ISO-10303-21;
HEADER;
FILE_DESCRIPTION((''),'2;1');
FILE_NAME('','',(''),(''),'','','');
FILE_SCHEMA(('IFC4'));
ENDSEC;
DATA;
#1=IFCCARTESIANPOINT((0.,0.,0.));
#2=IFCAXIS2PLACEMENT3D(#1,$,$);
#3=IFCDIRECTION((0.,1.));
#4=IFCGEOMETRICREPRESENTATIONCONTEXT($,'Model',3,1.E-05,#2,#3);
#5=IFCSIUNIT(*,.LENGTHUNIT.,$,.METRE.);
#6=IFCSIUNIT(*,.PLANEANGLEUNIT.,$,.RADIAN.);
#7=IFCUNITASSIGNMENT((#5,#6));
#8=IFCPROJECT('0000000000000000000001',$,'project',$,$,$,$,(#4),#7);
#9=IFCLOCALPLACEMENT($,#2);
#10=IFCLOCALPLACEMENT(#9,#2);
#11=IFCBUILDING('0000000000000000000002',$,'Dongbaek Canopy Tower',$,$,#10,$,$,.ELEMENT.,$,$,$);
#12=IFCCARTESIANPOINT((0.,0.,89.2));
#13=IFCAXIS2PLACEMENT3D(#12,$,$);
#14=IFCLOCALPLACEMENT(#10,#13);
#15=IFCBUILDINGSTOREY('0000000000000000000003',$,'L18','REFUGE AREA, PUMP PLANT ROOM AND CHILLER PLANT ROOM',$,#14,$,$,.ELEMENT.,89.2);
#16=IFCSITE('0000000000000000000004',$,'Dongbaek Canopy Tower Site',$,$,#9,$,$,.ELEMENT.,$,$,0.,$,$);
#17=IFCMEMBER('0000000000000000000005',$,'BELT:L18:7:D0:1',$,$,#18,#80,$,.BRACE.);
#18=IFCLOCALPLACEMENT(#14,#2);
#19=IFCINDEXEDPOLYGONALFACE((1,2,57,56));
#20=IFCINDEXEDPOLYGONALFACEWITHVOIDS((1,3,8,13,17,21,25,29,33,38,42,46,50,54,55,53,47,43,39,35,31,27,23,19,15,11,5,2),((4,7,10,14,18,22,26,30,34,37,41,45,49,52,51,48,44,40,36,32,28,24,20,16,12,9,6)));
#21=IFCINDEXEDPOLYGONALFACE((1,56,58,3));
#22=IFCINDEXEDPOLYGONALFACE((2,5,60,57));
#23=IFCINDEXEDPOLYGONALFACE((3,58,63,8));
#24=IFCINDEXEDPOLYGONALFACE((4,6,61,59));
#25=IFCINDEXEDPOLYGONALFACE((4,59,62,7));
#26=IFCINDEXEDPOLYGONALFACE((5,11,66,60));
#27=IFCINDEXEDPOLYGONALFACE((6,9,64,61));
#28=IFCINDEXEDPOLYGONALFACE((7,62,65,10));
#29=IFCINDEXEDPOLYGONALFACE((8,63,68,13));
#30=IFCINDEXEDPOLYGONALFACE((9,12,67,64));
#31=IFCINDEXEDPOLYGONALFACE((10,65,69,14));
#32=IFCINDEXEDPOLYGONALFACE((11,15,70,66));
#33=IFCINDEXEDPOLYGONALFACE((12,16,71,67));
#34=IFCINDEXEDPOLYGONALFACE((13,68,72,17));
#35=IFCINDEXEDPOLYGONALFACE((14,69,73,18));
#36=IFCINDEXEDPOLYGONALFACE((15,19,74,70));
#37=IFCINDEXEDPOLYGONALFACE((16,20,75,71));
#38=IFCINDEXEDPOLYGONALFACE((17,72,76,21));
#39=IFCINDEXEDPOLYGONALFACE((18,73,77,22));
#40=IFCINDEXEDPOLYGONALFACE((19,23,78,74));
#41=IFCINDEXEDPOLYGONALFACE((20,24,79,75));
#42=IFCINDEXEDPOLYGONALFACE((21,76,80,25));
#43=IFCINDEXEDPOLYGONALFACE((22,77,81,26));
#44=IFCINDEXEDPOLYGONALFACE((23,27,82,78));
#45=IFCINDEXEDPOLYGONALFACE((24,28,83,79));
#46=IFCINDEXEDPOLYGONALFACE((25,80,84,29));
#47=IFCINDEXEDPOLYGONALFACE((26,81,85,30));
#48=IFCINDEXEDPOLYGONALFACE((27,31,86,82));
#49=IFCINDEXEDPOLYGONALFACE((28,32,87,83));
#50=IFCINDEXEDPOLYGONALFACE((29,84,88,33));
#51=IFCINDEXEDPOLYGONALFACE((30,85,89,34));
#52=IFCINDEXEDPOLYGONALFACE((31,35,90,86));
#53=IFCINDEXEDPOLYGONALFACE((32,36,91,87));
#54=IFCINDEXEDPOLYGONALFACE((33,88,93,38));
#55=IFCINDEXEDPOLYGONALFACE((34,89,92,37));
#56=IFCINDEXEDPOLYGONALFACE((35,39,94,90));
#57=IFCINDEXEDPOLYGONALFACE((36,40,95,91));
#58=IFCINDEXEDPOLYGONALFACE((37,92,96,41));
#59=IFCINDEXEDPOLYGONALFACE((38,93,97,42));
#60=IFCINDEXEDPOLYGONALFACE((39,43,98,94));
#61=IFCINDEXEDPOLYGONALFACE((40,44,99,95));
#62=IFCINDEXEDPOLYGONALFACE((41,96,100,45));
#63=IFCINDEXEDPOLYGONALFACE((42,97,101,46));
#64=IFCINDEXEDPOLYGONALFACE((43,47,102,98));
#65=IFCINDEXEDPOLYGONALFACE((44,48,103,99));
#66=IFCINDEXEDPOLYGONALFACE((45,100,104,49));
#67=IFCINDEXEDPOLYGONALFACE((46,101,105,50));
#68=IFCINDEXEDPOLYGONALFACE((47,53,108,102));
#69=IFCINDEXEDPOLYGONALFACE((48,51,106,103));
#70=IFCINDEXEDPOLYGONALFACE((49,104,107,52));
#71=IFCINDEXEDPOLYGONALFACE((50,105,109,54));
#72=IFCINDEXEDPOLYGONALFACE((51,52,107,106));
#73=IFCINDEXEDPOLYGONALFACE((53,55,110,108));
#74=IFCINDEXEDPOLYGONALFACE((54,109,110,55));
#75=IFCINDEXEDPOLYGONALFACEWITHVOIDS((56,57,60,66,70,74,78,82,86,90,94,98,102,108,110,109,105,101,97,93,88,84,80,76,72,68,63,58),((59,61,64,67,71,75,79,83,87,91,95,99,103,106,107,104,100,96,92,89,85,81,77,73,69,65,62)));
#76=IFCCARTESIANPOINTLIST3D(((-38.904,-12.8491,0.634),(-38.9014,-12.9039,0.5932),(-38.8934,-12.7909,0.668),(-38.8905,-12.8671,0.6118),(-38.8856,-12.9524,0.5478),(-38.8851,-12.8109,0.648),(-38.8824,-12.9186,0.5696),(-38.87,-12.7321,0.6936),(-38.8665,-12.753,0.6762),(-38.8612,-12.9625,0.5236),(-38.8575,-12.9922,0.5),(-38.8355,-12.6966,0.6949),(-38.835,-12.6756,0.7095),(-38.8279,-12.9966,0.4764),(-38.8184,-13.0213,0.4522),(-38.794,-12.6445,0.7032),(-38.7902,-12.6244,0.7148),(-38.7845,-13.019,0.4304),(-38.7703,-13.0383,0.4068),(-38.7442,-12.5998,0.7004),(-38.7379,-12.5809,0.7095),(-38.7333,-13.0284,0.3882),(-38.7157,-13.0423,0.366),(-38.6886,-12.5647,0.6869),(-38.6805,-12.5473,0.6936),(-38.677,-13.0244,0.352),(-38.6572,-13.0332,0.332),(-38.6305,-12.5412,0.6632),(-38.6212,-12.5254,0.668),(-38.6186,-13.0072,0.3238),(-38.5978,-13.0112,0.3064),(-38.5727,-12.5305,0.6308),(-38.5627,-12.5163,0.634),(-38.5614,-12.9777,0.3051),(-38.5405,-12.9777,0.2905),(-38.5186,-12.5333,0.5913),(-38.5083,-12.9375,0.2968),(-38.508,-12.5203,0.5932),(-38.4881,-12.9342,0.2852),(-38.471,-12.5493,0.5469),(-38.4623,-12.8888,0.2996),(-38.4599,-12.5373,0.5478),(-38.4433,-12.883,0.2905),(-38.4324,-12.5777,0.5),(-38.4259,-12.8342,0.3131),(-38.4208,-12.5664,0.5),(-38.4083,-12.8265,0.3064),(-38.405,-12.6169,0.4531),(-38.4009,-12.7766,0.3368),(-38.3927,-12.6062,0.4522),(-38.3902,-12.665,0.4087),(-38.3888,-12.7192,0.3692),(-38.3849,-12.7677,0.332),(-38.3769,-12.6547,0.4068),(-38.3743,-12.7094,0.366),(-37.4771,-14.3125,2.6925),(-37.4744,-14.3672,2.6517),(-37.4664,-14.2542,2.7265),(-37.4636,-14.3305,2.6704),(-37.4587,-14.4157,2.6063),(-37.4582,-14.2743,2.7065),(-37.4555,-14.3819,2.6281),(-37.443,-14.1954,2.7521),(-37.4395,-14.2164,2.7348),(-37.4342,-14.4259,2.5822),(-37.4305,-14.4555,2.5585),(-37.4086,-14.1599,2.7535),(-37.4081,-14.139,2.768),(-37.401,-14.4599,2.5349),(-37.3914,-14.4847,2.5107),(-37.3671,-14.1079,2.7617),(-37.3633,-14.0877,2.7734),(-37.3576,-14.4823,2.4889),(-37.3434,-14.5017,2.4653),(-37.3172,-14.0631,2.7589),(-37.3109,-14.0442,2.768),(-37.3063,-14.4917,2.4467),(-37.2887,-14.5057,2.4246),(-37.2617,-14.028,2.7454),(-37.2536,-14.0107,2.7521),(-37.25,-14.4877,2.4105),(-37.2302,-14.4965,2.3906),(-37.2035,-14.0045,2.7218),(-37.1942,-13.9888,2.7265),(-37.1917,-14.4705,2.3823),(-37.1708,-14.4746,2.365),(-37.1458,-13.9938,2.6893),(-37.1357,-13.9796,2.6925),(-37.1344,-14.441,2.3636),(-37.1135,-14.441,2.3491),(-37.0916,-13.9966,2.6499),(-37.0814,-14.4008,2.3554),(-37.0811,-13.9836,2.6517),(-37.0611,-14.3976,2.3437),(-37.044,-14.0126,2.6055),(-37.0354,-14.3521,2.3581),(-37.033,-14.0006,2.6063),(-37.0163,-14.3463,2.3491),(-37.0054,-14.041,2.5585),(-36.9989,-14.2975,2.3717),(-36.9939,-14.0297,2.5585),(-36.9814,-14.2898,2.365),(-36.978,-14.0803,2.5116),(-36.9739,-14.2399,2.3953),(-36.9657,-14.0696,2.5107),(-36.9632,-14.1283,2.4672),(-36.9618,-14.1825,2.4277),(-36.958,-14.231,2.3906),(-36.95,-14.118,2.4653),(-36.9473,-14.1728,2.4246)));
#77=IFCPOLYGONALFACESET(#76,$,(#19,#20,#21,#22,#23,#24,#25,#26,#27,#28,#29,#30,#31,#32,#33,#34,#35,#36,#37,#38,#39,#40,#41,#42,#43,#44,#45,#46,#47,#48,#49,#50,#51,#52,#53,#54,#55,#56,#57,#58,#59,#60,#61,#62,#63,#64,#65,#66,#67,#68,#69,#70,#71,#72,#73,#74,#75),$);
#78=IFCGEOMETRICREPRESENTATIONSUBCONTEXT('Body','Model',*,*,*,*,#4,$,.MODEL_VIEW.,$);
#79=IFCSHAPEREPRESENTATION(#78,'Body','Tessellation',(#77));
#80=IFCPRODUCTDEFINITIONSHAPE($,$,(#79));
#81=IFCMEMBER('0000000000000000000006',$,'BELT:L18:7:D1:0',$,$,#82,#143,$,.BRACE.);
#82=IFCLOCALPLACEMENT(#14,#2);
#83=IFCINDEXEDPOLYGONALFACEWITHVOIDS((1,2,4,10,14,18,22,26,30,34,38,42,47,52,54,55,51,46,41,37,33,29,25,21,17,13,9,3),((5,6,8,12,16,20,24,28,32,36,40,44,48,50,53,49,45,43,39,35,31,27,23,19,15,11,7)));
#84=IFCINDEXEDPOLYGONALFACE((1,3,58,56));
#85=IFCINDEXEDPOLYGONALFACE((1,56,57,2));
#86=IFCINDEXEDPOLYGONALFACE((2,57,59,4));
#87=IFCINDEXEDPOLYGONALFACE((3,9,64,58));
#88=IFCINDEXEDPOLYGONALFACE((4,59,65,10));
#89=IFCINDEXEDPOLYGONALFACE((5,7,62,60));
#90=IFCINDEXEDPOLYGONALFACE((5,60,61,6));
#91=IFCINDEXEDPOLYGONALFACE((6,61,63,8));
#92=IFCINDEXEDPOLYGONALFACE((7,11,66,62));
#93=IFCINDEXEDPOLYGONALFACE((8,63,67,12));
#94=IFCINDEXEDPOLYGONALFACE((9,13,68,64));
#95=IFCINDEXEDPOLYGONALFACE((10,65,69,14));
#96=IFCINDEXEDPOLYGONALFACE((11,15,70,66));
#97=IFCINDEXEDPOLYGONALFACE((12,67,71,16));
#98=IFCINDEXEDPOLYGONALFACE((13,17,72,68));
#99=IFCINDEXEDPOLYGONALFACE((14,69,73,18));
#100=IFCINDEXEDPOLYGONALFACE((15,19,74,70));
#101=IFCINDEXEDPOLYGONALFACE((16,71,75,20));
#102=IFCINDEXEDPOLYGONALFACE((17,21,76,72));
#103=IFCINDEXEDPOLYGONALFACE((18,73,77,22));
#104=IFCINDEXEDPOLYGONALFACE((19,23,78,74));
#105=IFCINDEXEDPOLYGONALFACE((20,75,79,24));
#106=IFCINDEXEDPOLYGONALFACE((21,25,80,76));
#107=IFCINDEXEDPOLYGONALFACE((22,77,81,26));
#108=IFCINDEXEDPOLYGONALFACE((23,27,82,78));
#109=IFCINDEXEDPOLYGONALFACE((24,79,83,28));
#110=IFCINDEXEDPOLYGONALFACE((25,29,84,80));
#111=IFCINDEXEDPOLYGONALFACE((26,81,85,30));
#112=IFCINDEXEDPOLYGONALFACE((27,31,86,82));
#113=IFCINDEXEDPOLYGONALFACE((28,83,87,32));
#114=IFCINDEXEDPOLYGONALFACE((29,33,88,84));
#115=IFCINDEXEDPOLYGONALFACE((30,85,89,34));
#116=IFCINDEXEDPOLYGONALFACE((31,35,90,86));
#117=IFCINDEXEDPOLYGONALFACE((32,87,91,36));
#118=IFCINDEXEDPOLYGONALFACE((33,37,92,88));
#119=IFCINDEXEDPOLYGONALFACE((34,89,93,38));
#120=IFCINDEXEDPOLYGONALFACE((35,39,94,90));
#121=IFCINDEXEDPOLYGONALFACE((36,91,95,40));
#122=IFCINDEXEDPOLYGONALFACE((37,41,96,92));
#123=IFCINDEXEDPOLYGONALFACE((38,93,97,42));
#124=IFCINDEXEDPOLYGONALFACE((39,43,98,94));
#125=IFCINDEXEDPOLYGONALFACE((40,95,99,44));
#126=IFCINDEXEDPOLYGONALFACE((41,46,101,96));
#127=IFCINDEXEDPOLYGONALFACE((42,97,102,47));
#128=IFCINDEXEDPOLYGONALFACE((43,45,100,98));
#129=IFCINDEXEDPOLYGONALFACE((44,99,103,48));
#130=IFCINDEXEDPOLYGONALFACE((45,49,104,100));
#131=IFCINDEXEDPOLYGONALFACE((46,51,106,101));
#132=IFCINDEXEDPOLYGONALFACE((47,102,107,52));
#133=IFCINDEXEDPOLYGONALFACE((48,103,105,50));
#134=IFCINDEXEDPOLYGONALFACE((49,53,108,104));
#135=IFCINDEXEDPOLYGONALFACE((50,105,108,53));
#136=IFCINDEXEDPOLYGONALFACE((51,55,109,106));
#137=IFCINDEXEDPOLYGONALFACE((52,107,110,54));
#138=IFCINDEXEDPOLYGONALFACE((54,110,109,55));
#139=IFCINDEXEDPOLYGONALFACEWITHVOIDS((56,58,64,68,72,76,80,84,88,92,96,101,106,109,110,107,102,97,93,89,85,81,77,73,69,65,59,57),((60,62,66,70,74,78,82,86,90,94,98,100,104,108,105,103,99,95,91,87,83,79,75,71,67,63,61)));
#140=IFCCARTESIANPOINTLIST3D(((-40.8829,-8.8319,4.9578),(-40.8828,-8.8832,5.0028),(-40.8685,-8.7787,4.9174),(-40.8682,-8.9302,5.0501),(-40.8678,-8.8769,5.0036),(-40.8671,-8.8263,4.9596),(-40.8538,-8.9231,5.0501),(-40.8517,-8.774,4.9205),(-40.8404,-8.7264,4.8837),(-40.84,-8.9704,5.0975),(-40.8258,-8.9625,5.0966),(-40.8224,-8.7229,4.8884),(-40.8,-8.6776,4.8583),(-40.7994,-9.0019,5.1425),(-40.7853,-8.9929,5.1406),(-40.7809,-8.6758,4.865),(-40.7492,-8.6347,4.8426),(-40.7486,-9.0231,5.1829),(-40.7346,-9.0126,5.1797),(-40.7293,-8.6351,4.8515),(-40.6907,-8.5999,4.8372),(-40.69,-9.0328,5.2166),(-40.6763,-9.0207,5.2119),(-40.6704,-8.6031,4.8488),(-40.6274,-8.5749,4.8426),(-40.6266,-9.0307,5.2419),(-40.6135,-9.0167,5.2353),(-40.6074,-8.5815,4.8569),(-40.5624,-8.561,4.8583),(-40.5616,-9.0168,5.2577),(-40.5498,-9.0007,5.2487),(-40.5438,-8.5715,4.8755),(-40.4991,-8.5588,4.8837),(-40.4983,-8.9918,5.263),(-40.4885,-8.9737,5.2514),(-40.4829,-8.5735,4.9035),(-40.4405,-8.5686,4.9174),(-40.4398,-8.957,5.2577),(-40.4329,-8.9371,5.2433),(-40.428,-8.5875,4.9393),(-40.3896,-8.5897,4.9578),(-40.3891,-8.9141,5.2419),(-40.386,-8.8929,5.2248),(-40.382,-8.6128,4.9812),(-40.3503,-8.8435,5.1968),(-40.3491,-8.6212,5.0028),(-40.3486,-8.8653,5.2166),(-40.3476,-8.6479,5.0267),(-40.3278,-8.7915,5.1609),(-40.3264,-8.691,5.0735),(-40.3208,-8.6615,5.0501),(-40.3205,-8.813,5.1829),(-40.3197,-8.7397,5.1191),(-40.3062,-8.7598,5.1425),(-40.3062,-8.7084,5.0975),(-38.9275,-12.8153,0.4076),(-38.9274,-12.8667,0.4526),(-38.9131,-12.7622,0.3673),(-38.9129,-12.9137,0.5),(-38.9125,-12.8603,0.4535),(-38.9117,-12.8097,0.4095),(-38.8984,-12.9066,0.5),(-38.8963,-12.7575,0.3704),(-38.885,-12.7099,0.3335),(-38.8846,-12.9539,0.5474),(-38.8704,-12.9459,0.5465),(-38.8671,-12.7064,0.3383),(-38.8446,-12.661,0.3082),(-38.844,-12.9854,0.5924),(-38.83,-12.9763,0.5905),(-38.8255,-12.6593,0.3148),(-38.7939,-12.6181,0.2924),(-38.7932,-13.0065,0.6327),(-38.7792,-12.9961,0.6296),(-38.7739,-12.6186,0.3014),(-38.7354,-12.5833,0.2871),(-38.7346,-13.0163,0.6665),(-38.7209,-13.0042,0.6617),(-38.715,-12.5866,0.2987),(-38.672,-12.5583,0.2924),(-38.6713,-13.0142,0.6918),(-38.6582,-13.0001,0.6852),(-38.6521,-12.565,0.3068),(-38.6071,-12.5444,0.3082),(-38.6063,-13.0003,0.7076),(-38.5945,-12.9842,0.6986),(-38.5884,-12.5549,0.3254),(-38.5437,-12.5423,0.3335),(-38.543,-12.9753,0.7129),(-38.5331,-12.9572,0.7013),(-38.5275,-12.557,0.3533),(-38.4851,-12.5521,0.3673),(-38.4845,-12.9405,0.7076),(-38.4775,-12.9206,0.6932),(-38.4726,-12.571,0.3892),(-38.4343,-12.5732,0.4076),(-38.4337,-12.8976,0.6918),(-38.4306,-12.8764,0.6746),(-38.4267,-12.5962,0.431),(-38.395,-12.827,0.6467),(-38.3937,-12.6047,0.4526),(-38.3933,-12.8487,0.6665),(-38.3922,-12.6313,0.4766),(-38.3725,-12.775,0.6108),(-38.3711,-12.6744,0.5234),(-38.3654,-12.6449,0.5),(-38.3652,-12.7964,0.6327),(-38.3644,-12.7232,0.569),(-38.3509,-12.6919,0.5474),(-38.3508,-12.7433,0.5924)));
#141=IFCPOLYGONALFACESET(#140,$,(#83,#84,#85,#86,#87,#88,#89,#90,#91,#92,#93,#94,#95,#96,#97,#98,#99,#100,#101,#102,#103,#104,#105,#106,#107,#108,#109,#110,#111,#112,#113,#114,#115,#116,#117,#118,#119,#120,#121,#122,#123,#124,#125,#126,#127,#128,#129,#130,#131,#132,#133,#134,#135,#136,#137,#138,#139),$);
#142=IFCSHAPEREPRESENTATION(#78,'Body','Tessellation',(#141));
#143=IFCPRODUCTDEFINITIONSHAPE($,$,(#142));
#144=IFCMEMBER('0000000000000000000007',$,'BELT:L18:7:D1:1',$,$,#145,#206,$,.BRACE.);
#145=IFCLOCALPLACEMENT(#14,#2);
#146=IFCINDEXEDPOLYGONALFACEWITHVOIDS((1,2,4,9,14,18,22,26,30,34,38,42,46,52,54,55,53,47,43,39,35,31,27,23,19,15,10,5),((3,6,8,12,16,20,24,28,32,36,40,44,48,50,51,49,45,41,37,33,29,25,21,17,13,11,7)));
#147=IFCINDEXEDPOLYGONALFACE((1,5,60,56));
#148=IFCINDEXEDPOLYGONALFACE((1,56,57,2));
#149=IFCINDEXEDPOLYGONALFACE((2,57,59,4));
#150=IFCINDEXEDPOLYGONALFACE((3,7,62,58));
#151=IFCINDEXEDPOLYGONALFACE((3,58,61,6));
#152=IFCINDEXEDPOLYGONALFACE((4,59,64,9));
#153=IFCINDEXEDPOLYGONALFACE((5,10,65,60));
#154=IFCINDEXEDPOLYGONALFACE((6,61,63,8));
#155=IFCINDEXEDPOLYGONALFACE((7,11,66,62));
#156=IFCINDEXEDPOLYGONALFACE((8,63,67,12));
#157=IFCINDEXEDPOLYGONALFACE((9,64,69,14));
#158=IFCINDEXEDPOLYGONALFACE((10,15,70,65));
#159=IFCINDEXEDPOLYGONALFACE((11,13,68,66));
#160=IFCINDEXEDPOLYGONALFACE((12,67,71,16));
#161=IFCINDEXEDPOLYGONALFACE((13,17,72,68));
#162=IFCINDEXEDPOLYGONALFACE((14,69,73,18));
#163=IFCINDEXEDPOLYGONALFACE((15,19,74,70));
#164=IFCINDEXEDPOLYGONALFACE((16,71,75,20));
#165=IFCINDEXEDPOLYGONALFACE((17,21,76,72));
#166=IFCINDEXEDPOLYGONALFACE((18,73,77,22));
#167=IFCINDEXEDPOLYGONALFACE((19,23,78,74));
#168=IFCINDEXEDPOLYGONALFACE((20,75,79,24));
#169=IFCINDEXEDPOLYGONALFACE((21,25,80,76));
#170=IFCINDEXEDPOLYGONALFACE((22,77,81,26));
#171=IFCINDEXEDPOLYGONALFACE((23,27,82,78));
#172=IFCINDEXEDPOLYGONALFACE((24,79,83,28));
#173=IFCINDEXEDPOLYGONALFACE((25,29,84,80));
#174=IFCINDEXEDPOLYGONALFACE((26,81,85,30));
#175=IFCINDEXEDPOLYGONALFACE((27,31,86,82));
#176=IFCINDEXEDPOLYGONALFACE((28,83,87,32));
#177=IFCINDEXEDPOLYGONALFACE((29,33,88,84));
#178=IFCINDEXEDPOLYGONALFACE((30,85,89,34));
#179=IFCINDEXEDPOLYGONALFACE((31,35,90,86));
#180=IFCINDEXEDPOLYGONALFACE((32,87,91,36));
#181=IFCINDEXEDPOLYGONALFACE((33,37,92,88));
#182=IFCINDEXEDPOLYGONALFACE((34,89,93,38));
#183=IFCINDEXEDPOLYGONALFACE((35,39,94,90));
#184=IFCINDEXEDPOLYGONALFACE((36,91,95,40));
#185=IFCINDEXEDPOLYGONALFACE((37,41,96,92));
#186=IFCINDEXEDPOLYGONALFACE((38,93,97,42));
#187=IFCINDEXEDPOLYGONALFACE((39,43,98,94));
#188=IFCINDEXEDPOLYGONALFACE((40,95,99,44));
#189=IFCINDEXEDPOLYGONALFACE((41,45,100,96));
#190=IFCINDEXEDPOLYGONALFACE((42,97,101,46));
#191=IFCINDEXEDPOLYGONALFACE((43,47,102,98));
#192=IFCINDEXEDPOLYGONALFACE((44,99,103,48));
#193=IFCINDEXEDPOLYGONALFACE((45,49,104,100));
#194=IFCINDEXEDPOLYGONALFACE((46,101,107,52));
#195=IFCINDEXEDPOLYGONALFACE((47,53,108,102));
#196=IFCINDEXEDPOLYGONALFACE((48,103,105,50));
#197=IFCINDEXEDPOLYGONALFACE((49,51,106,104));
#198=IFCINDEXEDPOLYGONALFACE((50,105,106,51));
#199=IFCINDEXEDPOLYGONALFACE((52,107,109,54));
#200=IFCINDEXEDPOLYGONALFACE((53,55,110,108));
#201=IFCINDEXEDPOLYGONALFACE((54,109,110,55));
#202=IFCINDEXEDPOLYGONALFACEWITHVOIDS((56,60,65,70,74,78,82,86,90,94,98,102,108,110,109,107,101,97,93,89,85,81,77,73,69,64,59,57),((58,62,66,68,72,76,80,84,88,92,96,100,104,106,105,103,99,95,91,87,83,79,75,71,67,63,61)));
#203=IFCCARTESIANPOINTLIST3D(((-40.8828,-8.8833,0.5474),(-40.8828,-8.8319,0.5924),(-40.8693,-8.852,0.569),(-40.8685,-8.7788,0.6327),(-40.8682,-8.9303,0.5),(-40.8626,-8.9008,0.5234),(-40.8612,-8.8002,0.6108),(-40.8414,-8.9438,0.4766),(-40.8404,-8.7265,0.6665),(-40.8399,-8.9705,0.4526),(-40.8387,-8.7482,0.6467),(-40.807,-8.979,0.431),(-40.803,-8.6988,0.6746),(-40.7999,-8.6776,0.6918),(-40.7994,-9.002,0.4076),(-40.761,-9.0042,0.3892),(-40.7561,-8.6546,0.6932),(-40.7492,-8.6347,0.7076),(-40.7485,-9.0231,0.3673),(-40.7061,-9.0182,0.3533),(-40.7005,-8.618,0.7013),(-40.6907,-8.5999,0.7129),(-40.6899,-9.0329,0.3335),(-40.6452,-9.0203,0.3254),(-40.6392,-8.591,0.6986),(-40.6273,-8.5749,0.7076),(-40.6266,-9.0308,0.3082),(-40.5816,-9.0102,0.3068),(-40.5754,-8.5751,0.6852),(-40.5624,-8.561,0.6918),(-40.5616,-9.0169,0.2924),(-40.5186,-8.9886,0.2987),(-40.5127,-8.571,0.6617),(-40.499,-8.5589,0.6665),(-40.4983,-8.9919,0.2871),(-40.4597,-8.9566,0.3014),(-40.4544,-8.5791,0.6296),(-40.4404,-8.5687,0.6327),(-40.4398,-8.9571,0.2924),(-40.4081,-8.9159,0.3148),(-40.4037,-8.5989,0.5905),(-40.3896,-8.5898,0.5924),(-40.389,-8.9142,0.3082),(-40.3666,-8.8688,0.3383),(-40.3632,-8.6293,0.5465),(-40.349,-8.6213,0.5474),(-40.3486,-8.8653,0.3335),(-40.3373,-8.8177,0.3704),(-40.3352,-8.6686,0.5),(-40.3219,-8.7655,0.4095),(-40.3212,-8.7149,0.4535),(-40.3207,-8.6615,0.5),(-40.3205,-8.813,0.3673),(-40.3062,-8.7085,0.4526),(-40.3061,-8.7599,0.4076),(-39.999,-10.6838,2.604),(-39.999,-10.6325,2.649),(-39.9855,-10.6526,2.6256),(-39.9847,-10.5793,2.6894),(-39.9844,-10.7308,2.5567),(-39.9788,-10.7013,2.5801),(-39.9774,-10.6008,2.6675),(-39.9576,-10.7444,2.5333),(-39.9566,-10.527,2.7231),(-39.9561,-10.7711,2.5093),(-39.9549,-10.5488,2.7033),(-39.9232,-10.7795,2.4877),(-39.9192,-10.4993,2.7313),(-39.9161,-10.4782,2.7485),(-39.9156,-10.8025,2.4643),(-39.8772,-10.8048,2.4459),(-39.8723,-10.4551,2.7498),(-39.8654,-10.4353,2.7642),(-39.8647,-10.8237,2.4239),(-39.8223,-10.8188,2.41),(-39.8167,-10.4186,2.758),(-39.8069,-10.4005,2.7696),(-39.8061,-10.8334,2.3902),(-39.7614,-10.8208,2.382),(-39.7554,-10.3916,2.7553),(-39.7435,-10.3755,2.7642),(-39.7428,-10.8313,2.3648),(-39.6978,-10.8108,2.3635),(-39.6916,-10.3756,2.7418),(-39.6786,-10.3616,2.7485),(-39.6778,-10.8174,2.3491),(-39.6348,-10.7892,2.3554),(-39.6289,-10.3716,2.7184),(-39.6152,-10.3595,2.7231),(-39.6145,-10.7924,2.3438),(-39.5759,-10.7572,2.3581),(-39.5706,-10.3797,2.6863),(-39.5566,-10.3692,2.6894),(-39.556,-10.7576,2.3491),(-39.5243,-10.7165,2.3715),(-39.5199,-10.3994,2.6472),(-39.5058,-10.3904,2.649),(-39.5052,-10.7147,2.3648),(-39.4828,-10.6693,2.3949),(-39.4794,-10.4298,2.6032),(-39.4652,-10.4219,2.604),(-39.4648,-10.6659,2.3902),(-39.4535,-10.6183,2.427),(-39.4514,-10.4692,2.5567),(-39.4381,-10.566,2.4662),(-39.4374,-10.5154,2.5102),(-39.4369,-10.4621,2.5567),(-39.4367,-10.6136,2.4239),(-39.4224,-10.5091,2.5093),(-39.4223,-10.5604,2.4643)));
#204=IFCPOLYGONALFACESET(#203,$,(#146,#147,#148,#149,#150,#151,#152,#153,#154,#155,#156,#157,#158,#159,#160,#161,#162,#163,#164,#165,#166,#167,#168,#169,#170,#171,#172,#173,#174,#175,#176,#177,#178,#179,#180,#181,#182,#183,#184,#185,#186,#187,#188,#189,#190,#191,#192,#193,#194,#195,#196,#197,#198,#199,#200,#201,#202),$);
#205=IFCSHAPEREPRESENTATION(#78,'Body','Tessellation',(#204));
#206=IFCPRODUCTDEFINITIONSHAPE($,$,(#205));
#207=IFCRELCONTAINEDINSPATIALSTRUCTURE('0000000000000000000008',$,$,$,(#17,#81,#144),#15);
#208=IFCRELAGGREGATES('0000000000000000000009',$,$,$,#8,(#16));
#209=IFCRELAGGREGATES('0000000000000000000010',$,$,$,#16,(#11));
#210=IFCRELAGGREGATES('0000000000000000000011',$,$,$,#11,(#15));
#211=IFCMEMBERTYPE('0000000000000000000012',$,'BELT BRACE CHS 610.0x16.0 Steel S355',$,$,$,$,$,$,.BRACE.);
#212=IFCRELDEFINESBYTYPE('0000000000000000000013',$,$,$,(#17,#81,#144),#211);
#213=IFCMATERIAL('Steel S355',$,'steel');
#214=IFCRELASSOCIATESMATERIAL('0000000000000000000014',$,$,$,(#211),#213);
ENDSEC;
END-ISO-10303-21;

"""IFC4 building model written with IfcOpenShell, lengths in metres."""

from ifc_helpers import new_model, si_unit, direction, frame, origin, origin_2d, place, context, subcontext, project, spatial, hollow_circle, extrude, material, material_profile, profile_set, type_object, element, save


model = new_model("IFC4")

# Units and contexts
model_context = context("Model", 3, precision=1e-05, world=origin(), true_north=direction((0.0, 1.0)))
body_context = subcontext(model_context, "Body", "Model", "MODEL_VIEW")
ifc_project = project(units=[si_unit("LENGTHUNIT", "METRE"), si_unit("PLANEANGLEUNIT", "RADIAN")], contexts=[model_context])

# Site, building, storey
site_placement = place(None, origin())
site = spatial("IfcSite", under=ifc_project, at=site_placement, Name="Dongbaek Canopy Tower Site", CompositionType="ELEMENT", RefElevation=0.0)
building_placement = place(site_placement, origin())
building = spatial("IfcBuilding", under=site, at=building_placement, Name="Dongbaek Canopy Tower", CompositionType="ELEMENT")
storey_placement = place(building_placement, frame((0.0, 0.0, 89.2)))
storey = spatial("IfcBuildingStorey", under=building, at=storey_placement, Name="L18", Description="REFUGE AREA, PUMP PLANT ROOM AND CHILLER PLANT ROOM", CompositionType="ELEMENT", Elevation=89.2)

# Members
ifc_material_1 = material(Name="Steel S355", Category="steel")
ifc_material_profile_1 = material_profile(ifc_material_1, hollow_circle(Radius=0.3049, WallThickness=0.0161, at=origin_2d()), Name="BELT BRACE CHS 610.0x16.0 Steel S355")
ifc_profile_set_1 = profile_set([ifc_material_profile_1], Name="Steel S355")
member_type_1 = type_object("IfcMemberType", Name="BELT BRACE CHS 610.0x16.0 Steel S355", PredefinedType="BRACE", material=ifc_profile_set_1)
member_1_placement = place(storey_placement, frame((-38.6392, -12.7793, 0.5), z_axis=(0.491905, -0.504445, 0.709623), x_axis=(0.715949, 0.698152, 0.0)))
element("IfcMember", 1, at=member_1_placement, inside=storey, type_object=member_type_1, Name="BELT:L18:7:D0:1", PredefinedType="BRACE", context=body_context, shape_type="SweptSolid", body=[
    extrude(hollow_circle(Radius=0.3049, WallThickness=0.0161, at=origin_2d()), origin(), (0.0, 0.0, 1.0), 2.9009),
])
member_2_placement = place(storey_placement, frame((-38.6392, -12.7793, 0.5), z_axis=(-0.307653, 0.626754, 0.715911), x_axis=(-0.897682, -0.440643, 0.0)))
element("IfcMember", 2, at=member_2_placement, inside=storey, type_object=member_type_1, Name="BELT:L18:7:D1:0", PredefinedType="BRACE", context=body_context, shape_type="SweptSolid", body=[
    extrude(hollow_circle(Radius=0.3049, WallThickness=0.0161, at=origin_2d()), origin(), (0.0, 0.0, 1.0), 6.3557),
])
member_3_placement = place(storey_placement, frame((-40.5945, -8.7959, 0.5), z_axis=(0.307644, -0.626761, 0.715909), x_axis=(0.897689, 0.440629, 0.0)))
element("IfcMember", 3, at=member_3_placement, inside=storey, type_object=member_type_1, Name="BELT:L18:7:D1:1", PredefinedType="BRACE", context=body_context, shape_type="SweptSolid", body=[
    extrude(hollow_circle(Radius=0.3049, WallThickness=0.0161, at=origin_2d()), origin(), (0.0, 0.0, 1.0), 2.8728),
])

save(model, "model.ifc")
